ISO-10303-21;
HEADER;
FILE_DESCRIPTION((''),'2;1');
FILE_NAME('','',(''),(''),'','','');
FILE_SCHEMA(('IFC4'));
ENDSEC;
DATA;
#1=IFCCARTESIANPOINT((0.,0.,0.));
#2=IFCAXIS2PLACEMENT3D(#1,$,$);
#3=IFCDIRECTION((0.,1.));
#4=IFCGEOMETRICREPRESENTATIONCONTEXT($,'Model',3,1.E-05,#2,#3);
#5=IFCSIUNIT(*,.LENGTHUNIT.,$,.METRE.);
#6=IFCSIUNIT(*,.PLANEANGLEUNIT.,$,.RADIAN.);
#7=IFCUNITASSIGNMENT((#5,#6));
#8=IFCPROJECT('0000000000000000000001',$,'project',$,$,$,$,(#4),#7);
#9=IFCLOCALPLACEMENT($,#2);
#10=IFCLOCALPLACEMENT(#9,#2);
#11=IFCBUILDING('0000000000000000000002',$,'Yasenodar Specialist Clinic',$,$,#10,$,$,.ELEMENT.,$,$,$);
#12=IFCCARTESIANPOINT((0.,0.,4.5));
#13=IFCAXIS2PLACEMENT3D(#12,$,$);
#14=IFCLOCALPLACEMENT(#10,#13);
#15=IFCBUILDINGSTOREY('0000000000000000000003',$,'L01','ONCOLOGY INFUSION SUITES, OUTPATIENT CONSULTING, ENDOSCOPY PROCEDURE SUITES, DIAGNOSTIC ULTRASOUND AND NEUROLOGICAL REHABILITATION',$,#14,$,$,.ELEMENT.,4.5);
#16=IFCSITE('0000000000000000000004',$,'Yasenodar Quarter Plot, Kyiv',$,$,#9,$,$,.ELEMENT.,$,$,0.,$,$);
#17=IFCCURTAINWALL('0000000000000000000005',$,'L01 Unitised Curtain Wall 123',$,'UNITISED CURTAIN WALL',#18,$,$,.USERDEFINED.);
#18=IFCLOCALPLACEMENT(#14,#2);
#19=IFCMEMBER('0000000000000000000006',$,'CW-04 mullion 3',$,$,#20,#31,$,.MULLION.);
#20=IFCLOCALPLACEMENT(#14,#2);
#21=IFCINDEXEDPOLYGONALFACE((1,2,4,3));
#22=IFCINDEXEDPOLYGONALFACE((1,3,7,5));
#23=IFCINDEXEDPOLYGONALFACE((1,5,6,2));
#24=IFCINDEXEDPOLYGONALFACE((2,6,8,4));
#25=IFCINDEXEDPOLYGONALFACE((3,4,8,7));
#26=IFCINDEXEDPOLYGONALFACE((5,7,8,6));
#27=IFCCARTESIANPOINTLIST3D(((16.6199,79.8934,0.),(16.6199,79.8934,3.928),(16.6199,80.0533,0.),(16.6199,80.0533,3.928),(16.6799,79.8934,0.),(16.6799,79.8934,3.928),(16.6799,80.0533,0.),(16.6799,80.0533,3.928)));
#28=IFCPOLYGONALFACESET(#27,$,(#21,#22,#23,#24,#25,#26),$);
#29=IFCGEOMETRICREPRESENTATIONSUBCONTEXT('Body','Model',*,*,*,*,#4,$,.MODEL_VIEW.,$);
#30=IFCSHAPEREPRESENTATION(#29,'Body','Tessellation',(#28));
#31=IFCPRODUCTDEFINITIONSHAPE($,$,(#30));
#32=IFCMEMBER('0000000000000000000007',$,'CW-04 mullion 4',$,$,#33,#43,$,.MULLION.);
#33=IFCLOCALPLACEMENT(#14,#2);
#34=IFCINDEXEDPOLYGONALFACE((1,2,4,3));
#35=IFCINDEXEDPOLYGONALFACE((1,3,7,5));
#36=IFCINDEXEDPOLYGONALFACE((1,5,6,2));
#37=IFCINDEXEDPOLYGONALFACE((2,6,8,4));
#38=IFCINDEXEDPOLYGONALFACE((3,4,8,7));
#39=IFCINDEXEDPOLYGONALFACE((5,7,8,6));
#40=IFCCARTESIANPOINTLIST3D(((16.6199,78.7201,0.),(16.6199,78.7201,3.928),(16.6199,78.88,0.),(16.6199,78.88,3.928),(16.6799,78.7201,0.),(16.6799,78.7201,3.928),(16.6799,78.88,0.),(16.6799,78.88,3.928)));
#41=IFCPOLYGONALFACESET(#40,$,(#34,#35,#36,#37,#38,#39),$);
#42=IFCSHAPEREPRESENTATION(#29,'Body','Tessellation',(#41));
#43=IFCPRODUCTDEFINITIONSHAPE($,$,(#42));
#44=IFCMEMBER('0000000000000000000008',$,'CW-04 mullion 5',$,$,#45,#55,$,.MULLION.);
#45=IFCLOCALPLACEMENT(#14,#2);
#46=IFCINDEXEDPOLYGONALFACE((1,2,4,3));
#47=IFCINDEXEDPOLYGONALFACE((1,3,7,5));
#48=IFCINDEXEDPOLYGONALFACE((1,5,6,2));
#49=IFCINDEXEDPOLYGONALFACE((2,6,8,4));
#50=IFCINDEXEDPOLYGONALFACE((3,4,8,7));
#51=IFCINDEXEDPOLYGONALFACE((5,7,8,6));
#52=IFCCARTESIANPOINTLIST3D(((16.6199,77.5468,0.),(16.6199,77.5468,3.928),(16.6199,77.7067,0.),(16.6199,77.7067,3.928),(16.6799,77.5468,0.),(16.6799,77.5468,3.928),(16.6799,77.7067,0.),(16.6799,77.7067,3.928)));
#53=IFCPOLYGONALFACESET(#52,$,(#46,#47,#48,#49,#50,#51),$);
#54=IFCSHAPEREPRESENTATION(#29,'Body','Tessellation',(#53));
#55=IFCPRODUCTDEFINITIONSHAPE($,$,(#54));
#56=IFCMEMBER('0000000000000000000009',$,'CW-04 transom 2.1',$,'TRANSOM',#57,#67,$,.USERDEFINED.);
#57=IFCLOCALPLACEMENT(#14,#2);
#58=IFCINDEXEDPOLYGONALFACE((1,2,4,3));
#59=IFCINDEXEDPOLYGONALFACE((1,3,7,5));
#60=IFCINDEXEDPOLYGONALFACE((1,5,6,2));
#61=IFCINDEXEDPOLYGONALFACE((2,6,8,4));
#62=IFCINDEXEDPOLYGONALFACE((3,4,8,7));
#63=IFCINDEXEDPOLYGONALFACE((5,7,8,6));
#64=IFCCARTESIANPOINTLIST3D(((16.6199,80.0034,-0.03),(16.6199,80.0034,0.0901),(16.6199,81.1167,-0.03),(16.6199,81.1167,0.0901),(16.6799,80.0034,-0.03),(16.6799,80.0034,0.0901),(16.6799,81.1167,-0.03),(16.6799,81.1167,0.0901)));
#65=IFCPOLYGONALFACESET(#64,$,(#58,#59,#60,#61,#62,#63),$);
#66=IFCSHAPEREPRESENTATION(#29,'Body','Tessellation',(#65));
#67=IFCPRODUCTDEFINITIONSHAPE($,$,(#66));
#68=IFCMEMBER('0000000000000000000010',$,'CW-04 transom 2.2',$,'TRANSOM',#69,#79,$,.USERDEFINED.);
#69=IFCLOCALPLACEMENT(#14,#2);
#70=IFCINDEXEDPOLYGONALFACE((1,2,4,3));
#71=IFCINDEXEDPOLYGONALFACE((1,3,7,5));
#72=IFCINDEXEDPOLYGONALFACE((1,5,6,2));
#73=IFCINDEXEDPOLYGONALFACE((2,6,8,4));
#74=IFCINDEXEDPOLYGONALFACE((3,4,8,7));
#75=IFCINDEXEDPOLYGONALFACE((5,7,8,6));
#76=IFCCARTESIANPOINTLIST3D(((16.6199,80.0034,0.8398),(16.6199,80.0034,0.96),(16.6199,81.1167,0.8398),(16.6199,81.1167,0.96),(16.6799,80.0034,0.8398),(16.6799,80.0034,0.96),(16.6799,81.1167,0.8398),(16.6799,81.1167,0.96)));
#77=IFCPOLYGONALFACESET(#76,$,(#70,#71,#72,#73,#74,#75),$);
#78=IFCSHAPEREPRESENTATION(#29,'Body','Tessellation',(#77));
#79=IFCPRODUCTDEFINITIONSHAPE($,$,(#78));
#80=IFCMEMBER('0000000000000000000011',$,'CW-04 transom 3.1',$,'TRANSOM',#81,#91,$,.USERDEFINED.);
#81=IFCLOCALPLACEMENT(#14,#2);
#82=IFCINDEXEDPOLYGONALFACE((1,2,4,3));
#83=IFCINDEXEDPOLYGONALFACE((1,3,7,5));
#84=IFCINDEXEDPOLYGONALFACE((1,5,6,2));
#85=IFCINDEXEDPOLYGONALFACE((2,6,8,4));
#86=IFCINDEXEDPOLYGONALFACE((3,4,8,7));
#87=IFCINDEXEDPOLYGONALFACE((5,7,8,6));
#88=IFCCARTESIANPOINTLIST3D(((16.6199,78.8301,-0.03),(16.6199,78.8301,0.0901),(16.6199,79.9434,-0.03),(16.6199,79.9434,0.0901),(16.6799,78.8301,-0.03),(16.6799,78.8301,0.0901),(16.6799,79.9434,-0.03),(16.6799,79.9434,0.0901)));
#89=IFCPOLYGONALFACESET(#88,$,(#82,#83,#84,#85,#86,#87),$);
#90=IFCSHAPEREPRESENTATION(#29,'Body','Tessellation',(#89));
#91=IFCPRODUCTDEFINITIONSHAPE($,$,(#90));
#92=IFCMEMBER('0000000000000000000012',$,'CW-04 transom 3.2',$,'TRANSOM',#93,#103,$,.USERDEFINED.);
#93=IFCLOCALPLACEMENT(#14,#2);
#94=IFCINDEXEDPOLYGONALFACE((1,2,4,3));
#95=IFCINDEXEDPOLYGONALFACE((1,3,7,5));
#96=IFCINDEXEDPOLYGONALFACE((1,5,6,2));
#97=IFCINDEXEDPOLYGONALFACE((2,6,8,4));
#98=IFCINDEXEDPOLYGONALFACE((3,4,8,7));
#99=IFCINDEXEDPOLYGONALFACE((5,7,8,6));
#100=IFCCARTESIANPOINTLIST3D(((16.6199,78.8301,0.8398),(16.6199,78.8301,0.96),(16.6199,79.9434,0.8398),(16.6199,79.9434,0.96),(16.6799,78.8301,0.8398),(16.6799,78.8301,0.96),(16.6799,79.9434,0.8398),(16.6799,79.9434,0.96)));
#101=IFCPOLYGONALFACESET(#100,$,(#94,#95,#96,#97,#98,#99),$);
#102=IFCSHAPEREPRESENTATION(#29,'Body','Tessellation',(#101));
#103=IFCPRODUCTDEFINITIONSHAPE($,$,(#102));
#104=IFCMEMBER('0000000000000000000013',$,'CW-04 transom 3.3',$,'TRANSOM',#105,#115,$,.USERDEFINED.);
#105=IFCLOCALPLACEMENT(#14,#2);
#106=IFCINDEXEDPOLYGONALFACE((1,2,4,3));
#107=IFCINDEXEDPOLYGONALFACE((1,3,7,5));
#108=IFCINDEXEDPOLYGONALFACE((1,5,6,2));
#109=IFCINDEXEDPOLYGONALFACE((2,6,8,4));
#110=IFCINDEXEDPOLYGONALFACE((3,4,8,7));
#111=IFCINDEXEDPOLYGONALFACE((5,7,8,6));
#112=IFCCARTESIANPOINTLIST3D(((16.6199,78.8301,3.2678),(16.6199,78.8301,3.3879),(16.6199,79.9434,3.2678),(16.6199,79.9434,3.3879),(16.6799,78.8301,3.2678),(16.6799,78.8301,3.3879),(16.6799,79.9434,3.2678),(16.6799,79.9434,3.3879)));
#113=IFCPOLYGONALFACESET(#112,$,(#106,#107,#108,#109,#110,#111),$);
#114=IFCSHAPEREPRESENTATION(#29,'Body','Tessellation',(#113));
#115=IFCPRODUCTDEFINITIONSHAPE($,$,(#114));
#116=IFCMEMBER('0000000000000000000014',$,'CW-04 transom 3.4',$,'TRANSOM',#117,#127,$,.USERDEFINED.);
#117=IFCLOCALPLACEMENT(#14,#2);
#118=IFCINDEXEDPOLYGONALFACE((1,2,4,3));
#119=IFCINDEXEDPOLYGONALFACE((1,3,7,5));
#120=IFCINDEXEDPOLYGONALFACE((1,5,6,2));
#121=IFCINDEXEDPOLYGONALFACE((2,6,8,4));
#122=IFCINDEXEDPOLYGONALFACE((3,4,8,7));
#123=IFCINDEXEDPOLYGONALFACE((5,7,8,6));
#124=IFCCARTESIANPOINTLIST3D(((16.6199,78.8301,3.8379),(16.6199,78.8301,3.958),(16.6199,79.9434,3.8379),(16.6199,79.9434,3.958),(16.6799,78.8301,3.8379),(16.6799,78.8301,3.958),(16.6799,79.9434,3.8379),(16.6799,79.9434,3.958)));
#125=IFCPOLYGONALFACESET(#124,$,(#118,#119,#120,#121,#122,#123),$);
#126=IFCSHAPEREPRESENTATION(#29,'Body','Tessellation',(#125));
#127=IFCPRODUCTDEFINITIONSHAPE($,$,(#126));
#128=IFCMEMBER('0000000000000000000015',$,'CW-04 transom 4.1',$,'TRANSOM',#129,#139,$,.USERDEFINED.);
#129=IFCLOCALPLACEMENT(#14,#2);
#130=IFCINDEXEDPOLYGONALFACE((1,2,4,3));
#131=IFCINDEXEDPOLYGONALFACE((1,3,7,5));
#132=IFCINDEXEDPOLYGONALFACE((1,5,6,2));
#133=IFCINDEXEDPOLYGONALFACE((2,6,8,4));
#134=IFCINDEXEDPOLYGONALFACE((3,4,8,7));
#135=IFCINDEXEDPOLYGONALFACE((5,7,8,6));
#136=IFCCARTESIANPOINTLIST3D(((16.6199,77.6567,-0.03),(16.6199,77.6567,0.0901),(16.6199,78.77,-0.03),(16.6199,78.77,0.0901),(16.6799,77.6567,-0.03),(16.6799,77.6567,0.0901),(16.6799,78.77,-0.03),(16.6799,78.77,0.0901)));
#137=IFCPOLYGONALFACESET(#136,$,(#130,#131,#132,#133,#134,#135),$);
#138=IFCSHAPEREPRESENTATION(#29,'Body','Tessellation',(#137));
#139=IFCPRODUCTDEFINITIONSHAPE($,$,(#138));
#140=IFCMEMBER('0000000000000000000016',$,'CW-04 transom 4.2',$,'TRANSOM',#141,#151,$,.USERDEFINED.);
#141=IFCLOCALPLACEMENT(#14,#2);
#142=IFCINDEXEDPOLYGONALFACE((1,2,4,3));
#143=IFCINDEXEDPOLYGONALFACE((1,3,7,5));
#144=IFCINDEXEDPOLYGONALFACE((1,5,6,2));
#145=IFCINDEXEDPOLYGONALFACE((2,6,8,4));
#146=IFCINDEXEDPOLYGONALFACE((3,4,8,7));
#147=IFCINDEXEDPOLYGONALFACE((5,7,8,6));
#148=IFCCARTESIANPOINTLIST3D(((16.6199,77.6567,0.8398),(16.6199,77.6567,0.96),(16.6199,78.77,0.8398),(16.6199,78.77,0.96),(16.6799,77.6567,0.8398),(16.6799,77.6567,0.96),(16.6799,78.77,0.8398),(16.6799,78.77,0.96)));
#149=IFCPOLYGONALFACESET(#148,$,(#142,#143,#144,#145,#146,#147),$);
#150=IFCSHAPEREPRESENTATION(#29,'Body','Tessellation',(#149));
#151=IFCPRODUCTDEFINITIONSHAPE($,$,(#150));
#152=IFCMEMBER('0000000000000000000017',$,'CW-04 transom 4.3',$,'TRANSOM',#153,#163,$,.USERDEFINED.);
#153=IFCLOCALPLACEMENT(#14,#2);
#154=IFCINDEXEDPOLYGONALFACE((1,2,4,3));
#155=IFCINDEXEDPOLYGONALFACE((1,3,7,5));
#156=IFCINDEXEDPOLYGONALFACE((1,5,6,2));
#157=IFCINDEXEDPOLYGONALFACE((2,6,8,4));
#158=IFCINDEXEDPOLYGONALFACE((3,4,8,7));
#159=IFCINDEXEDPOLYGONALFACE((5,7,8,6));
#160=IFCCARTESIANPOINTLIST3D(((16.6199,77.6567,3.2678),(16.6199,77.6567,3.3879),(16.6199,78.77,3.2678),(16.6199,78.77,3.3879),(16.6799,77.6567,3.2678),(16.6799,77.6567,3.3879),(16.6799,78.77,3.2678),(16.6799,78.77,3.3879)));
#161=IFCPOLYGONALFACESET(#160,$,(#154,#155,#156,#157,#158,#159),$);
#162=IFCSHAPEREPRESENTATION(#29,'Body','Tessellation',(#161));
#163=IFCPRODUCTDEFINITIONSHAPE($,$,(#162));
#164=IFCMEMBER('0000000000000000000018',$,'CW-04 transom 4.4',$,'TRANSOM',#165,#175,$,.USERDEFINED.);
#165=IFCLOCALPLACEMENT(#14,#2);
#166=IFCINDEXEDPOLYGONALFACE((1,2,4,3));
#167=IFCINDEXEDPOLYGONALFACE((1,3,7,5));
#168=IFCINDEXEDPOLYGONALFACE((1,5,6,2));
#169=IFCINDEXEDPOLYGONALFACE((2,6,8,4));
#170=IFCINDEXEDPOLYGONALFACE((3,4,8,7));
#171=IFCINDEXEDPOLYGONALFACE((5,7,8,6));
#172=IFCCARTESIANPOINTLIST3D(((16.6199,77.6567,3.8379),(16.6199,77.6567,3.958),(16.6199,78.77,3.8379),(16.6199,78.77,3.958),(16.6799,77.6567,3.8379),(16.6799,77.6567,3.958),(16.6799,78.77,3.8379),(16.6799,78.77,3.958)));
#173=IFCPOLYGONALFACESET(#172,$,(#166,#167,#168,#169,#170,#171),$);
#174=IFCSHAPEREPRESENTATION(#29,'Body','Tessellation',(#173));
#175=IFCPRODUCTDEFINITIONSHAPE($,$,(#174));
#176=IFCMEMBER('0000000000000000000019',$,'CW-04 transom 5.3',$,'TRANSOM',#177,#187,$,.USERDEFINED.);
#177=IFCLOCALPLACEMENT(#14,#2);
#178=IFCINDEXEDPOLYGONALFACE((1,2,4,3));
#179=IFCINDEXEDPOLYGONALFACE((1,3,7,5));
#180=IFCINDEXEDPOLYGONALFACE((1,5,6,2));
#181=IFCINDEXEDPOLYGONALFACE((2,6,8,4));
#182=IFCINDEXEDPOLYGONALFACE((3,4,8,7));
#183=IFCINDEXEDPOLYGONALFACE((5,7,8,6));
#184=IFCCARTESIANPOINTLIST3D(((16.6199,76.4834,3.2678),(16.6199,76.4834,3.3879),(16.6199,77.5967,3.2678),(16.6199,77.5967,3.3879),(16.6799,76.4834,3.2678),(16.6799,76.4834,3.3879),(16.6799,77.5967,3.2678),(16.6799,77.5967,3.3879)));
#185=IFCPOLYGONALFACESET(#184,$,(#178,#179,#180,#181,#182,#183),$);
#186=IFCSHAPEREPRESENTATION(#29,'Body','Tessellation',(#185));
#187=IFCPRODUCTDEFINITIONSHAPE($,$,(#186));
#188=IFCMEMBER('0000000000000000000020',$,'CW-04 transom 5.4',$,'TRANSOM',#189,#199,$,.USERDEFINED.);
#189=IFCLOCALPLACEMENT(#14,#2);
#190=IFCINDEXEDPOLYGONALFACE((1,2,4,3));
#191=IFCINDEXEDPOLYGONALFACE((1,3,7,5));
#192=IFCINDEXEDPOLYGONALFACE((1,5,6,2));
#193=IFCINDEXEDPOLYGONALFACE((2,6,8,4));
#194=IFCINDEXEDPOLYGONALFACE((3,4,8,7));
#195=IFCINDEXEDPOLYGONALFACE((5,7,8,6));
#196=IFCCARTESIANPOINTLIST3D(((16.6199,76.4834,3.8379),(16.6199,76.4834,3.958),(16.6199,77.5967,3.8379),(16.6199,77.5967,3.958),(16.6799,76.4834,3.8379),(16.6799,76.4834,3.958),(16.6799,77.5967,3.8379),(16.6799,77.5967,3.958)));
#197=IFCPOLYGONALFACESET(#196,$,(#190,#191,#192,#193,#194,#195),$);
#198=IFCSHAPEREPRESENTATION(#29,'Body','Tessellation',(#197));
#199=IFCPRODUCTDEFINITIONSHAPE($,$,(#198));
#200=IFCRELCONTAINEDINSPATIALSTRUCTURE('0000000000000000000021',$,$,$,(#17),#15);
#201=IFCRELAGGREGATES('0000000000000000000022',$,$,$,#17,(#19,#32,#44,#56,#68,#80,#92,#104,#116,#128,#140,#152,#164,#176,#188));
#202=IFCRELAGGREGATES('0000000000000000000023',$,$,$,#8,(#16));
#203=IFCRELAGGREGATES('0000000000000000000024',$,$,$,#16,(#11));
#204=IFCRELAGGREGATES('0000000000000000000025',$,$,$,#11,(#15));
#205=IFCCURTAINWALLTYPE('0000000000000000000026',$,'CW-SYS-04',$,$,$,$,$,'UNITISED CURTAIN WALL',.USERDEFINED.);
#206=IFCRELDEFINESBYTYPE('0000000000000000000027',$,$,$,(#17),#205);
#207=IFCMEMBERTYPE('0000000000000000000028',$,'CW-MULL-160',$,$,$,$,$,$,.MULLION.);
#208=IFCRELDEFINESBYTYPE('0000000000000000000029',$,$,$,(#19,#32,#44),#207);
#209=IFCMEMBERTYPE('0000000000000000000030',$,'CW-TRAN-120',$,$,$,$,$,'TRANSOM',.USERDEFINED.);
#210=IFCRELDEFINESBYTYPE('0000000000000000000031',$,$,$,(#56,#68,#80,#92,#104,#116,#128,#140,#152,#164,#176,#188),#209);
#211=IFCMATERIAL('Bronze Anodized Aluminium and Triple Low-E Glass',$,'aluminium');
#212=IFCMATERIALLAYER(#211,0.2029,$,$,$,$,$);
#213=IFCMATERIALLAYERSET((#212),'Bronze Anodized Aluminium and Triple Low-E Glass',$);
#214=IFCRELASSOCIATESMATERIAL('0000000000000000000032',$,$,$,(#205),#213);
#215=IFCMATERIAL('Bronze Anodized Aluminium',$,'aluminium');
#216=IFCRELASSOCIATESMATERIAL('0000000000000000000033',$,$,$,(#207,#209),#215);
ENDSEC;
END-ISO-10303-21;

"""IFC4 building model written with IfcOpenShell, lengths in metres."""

from ifc_helpers import new_model, si_unit, direction, frame, origin, origin_2d, place, context, subcontext, project, spatial, rectangle, extrude, material, layer, layer_set, material_profile, profile_set, type_object, element, aggregate, save


model = new_model("IFC4")

# Units and contexts
model_context = context("Model", 3, precision=1e-05, world=origin(), true_north=direction((0.0, 1.0)))
body_context = subcontext(model_context, "Body", "Model", "MODEL_VIEW")
ifc_project = project(units=[si_unit("LENGTHUNIT", "METRE"), si_unit("PLANEANGLEUNIT", "RADIAN")], contexts=[model_context])

# Site, building, storey
site_placement = place(None, origin())
site = spatial("IfcSite", under=ifc_project, at=site_placement, Name="Yasenodar Quarter Plot, Kyiv", CompositionType="ELEMENT", RefElevation=0.0)
building_placement = place(site_placement, origin())
building = spatial("IfcBuilding", under=site, at=building_placement, Name="Yasenodar Specialist Clinic", CompositionType="ELEMENT")
storey_placement = place(building_placement, frame((0.0, 0.0, 4.5)))
storey = spatial("IfcBuildingStorey", under=building, at=storey_placement, Name="L01", Description="ONCOLOGY INFUSION SUITES, OUTPATIENT CONSULTING, ENDOSCOPY PROCEDURE SUITES, DIAGNOSTIC ULTRASOUND AND NEUROLOGICAL REHABILITATION", CompositionType="ELEMENT", Elevation=4.5)

# Curtain wall, members
ifc_material_1 = material(Name="Bronze Anodized Aluminium and Triple Low-E Glass", Category="aluminium")
ifc_layer_1 = layer(ifc_material_1, 0.2029)
ifc_layer_set_1 = layer_set([ifc_layer_1], Name="Bronze Anodized Aluminium and Triple Low-E Glass")
curtain_wall_type = type_object("IfcCurtainWallType", Name="CW-SYS-04", ElementType="UNITISED CURTAIN WALL", PredefinedType="USERDEFINED", material=ifc_layer_set_1)
curtain_wall_placement = place(storey_placement, origin())
curtain_wall = element("IfcCurtainWall", 1, at=curtain_wall_placement, inside=storey, type_object=curtain_wall_type, Name="L01 Unitised Curtain Wall 123", ObjectType="UNITISED CURTAIN WALL", PredefinedType="USERDEFINED")
ifc_material_2 = material(Name="Bronze Anodized Aluminium", Category="aluminium")
ifc_material_profile_1 = material_profile(ifc_material_2, rectangle(XDim=0.0601, YDim=0.1599, at=origin_2d()), Name="CW-MULL 60x160")
ifc_profile_set_1 = profile_set([ifc_material_profile_1], Name="Bronze Anodized Aluminium")
member_type_1 = type_object("IfcMemberType", Name="CW-MULL-160", PredefinedType="MULLION", material=ifc_profile_set_1)
member_1_placement = place(storey_placement, frame((16.6499, 79.9734, 0.0), z_axis=(0.0, 0.0, 1.0), x_axis=(1.0, 0.0, 0.0)))
member_1 = element("IfcMember", 2, at=member_1_placement, type_object=member_type_1, Name="CW-04 mullion 3", PredefinedType="MULLION", context=body_context, shape_type="SweptSolid", body=[
    extrude(rectangle(XDim=0.0601, YDim=0.1599, at=origin_2d()), origin(), (0.0, 0.0, 1.0), 3.928),
])
member_2_placement = place(storey_placement, frame((16.6499, 78.8, 0.0), z_axis=(0.0, 0.0, 1.0), x_axis=(1.0, 0.0, 0.0)))
member_2 = element("IfcMember", 3, at=member_2_placement, type_object=member_type_1, Name="CW-04 mullion 4", PredefinedType="MULLION", context=body_context, shape_type="SweptSolid", body=[
    extrude(rectangle(XDim=0.0601, YDim=0.1599, at=origin_2d()), origin(), (0.0, 0.0, 1.0), 3.928),
])
member_3_placement = place(storey_placement, frame((16.6499, 77.6267, 0.0), z_axis=(0.0, 0.0, 1.0), x_axis=(1.0, 0.0, 0.0)))
member_3 = element("IfcMember", 4, at=member_3_placement, type_object=member_type_1, Name="CW-04 mullion 5", PredefinedType="MULLION", context=body_context, shape_type="SweptSolid", body=[
    extrude(rectangle(XDim=0.0601, YDim=0.1599, at=origin_2d()), origin(), (0.0, 0.0, 1.0), 3.928),
])
ifc_material_profile_2 = material_profile(ifc_material_2, rectangle(XDim=0.0601, YDim=0.1201, at=origin_2d()), Name="CW-TRAN 60x120")
ifc_profile_set_2 = profile_set([ifc_material_profile_2], Name="Bronze Anodized Aluminium")
member_type_2 = type_object("IfcMemberType", Name="CW-TRAN-120", ElementType="TRANSOM", PredefinedType="USERDEFINED", material=ifc_profile_set_2)
member_4_placement = place(storey_placement, frame((16.6499, 81.1167, 0.03), z_axis=(0.0, -1.0, 0.0), x_axis=(1.0, 0.0, 0.0)))
member_4 = element("IfcMember", 5, at=member_4_placement, type_object=member_type_2, Name="CW-04 transom 2.1", ObjectType="TRANSOM", PredefinedType="USERDEFINED", context=body_context, shape_type="SweptSolid", body=[
    extrude(rectangle(XDim=0.0601, YDim=0.1201, at=origin_2d()), origin(), (0.0, 0.0, 1.0), 1.1133),
])
member_5_placement = place(storey_placement, frame((16.6499, 81.1167, 0.8999), z_axis=(0.0, -1.0, 0.0), x_axis=(1.0, 0.0, 0.0)))
member_5 = element("IfcMember", 6, at=member_5_placement, type_object=member_type_2, Name="CW-04 transom 2.2", ObjectType="TRANSOM", PredefinedType="USERDEFINED", context=body_context, shape_type="SweptSolid", body=[
    extrude(rectangle(XDim=0.0601, YDim=0.1201, at=origin_2d()), origin(), (0.0, 0.0, 1.0), 1.1133),
])
member_6_placement = place(storey_placement, frame((16.6499, 79.9434, 0.03), z_axis=(0.0, -1.0, 0.0), x_axis=(1.0, 0.0, 0.0)))
member_6 = element("IfcMember", 7, at=member_6_placement, type_object=member_type_2, Name="CW-04 transom 3.1", ObjectType="TRANSOM", PredefinedType="USERDEFINED", context=body_context, shape_type="SweptSolid", body=[
    extrude(rectangle(XDim=0.0601, YDim=0.1201, at=origin_2d()), origin(), (0.0, 0.0, 1.0), 1.1133),
])
member_7_placement = place(storey_placement, frame((16.6499, 79.9434, 0.8999), z_axis=(0.0, -1.0, 0.0), x_axis=(1.0, 0.0, 0.0)))
member_7 = element("IfcMember", 8, at=member_7_placement, type_object=member_type_2, Name="CW-04 transom 3.2", ObjectType="TRANSOM", PredefinedType="USERDEFINED", context=body_context, shape_type="SweptSolid", body=[
    extrude(rectangle(XDim=0.0601, YDim=0.1201, at=origin_2d()), origin(), (0.0, 0.0, 1.0), 1.1133),
])
member_8_placement = place(storey_placement, frame((16.6499, 79.9434, 3.3279), z_axis=(0.0, -1.0, 0.0), x_axis=(1.0, 0.0, 0.0)))
member_8 = element("IfcMember", 9, at=member_8_placement, type_object=member_type_2, Name="CW-04 transom 3.3", ObjectType="TRANSOM", PredefinedType="USERDEFINED", context=body_context, shape_type="SweptSolid", body=[
    extrude(rectangle(XDim=0.0601, YDim=0.1201, at=origin_2d()), origin(), (0.0, 0.0, 1.0), 1.1133),
])
member_9_placement = place(storey_placement, frame((16.6499, 79.9434, 3.8979), z_axis=(0.0, -1.0, 0.0), x_axis=(1.0, 0.0, 0.0)))
member_9 = element("IfcMember", 10, at=member_9_placement, type_object=member_type_2, Name="CW-04 transom 3.4", ObjectType="TRANSOM", PredefinedType="USERDEFINED", context=body_context, shape_type="SweptSolid", body=[
    extrude(rectangle(XDim=0.0601, YDim=0.1201, at=origin_2d()), origin(), (0.0, 0.0, 1.0), 1.1133),
])
member_10_placement = place(storey_placement, frame((16.6499, 78.77, 0.03), z_axis=(0.0, -1.0, 0.0), x_axis=(1.0, 0.0, 0.0)))
member_10 = element("IfcMember", 11, at=member_10_placement, type_object=member_type_2, Name="CW-04 transom 4.1", ObjectType="TRANSOM", PredefinedType="USERDEFINED", context=body_context, shape_type="SweptSolid", body=[
    extrude(rectangle(XDim=0.0601, YDim=0.1201, at=origin_2d()), origin(), (0.0, 0.0, 1.0), 1.1133),
])
member_11_placement = place(storey_placement, frame((16.6499, 78.77, 0.8999), z_axis=(0.0, -1.0, 0.0), x_axis=(1.0, 0.0, 0.0)))
member_11 = element("IfcMember", 12, at=member_11_placement, type_object=member_type_2, Name="CW-04 transom 4.2", ObjectType="TRANSOM", PredefinedType="USERDEFINED", context=body_context, shape_type="SweptSolid", body=[
    extrude(rectangle(XDim=0.0601, YDim=0.1201, at=origin_2d()), origin(), (0.0, 0.0, 1.0), 1.1133),
])
member_12_placement = place(storey_placement, frame((16.6499, 78.77, 3.3279), z_axis=(0.0, -1.0, 0.0), x_axis=(1.0, 0.0, 0.0)))
member_12 = element("IfcMember", 13, at=member_12_placement, type_object=member_type_2, Name="CW-04 transom 4.3", ObjectType="TRANSOM", PredefinedType="USERDEFINED", context=body_context, shape_type="SweptSolid", body=[
    extrude(rectangle(XDim=0.0601, YDim=0.1201, at=origin_2d()), origin(), (0.0, 0.0, 1.0), 1.1133),
])
member_13_placement = place(storey_placement, frame((16.6499, 78.77, 3.8979), z_axis=(0.0, -1.0, 0.0), x_axis=(1.0, 0.0, 0.0)))
member_13 = element("IfcMember", 14, at=member_13_placement, type_object=member_type_2, Name="CW-04 transom 4.4", ObjectType="TRANSOM", PredefinedType="USERDEFINED", context=body_context, shape_type="SweptSolid", body=[
    extrude(rectangle(XDim=0.0601, YDim=0.1201, at=origin_2d()), origin(), (0.0, 0.0, 1.0), 1.1133),
])
member_14_placement = place(storey_placement, frame((16.6499, 77.5967, 3.3279), z_axis=(0.0, -1.0, 0.0), x_axis=(1.0, 0.0, 0.0)))
member_14 = element("IfcMember", 15, at=member_14_placement, type_object=member_type_2, Name="CW-04 transom 5.3", ObjectType="TRANSOM", PredefinedType="USERDEFINED", context=body_context, shape_type="SweptSolid", body=[
    extrude(rectangle(XDim=0.0601, YDim=0.1201, at=origin_2d()), origin(), (0.0, 0.0, 1.0), 1.1133),
])
member_15_placement = place(storey_placement, frame((16.6499, 77.5967, 3.8979), z_axis=(0.0, -1.0, 0.0), x_axis=(1.0, 0.0, 0.0)))
member_15 = element("IfcMember", 16, at=member_15_placement, type_object=member_type_2, Name="CW-04 transom 5.4", ObjectType="TRANSOM", PredefinedType="USERDEFINED", context=body_context, shape_type="SweptSolid", body=[
    extrude(rectangle(XDim=0.0601, YDim=0.1201, at=origin_2d()), origin(), (0.0, 0.0, 1.0), 1.1133),
])
aggregate(curtain_wall, [member_1, member_2, member_3, member_4, member_5, member_6, member_7, member_8, member_9, member_10, member_11, member_12, member_13, member_14, member_15])

save(model, "model.ifc")
